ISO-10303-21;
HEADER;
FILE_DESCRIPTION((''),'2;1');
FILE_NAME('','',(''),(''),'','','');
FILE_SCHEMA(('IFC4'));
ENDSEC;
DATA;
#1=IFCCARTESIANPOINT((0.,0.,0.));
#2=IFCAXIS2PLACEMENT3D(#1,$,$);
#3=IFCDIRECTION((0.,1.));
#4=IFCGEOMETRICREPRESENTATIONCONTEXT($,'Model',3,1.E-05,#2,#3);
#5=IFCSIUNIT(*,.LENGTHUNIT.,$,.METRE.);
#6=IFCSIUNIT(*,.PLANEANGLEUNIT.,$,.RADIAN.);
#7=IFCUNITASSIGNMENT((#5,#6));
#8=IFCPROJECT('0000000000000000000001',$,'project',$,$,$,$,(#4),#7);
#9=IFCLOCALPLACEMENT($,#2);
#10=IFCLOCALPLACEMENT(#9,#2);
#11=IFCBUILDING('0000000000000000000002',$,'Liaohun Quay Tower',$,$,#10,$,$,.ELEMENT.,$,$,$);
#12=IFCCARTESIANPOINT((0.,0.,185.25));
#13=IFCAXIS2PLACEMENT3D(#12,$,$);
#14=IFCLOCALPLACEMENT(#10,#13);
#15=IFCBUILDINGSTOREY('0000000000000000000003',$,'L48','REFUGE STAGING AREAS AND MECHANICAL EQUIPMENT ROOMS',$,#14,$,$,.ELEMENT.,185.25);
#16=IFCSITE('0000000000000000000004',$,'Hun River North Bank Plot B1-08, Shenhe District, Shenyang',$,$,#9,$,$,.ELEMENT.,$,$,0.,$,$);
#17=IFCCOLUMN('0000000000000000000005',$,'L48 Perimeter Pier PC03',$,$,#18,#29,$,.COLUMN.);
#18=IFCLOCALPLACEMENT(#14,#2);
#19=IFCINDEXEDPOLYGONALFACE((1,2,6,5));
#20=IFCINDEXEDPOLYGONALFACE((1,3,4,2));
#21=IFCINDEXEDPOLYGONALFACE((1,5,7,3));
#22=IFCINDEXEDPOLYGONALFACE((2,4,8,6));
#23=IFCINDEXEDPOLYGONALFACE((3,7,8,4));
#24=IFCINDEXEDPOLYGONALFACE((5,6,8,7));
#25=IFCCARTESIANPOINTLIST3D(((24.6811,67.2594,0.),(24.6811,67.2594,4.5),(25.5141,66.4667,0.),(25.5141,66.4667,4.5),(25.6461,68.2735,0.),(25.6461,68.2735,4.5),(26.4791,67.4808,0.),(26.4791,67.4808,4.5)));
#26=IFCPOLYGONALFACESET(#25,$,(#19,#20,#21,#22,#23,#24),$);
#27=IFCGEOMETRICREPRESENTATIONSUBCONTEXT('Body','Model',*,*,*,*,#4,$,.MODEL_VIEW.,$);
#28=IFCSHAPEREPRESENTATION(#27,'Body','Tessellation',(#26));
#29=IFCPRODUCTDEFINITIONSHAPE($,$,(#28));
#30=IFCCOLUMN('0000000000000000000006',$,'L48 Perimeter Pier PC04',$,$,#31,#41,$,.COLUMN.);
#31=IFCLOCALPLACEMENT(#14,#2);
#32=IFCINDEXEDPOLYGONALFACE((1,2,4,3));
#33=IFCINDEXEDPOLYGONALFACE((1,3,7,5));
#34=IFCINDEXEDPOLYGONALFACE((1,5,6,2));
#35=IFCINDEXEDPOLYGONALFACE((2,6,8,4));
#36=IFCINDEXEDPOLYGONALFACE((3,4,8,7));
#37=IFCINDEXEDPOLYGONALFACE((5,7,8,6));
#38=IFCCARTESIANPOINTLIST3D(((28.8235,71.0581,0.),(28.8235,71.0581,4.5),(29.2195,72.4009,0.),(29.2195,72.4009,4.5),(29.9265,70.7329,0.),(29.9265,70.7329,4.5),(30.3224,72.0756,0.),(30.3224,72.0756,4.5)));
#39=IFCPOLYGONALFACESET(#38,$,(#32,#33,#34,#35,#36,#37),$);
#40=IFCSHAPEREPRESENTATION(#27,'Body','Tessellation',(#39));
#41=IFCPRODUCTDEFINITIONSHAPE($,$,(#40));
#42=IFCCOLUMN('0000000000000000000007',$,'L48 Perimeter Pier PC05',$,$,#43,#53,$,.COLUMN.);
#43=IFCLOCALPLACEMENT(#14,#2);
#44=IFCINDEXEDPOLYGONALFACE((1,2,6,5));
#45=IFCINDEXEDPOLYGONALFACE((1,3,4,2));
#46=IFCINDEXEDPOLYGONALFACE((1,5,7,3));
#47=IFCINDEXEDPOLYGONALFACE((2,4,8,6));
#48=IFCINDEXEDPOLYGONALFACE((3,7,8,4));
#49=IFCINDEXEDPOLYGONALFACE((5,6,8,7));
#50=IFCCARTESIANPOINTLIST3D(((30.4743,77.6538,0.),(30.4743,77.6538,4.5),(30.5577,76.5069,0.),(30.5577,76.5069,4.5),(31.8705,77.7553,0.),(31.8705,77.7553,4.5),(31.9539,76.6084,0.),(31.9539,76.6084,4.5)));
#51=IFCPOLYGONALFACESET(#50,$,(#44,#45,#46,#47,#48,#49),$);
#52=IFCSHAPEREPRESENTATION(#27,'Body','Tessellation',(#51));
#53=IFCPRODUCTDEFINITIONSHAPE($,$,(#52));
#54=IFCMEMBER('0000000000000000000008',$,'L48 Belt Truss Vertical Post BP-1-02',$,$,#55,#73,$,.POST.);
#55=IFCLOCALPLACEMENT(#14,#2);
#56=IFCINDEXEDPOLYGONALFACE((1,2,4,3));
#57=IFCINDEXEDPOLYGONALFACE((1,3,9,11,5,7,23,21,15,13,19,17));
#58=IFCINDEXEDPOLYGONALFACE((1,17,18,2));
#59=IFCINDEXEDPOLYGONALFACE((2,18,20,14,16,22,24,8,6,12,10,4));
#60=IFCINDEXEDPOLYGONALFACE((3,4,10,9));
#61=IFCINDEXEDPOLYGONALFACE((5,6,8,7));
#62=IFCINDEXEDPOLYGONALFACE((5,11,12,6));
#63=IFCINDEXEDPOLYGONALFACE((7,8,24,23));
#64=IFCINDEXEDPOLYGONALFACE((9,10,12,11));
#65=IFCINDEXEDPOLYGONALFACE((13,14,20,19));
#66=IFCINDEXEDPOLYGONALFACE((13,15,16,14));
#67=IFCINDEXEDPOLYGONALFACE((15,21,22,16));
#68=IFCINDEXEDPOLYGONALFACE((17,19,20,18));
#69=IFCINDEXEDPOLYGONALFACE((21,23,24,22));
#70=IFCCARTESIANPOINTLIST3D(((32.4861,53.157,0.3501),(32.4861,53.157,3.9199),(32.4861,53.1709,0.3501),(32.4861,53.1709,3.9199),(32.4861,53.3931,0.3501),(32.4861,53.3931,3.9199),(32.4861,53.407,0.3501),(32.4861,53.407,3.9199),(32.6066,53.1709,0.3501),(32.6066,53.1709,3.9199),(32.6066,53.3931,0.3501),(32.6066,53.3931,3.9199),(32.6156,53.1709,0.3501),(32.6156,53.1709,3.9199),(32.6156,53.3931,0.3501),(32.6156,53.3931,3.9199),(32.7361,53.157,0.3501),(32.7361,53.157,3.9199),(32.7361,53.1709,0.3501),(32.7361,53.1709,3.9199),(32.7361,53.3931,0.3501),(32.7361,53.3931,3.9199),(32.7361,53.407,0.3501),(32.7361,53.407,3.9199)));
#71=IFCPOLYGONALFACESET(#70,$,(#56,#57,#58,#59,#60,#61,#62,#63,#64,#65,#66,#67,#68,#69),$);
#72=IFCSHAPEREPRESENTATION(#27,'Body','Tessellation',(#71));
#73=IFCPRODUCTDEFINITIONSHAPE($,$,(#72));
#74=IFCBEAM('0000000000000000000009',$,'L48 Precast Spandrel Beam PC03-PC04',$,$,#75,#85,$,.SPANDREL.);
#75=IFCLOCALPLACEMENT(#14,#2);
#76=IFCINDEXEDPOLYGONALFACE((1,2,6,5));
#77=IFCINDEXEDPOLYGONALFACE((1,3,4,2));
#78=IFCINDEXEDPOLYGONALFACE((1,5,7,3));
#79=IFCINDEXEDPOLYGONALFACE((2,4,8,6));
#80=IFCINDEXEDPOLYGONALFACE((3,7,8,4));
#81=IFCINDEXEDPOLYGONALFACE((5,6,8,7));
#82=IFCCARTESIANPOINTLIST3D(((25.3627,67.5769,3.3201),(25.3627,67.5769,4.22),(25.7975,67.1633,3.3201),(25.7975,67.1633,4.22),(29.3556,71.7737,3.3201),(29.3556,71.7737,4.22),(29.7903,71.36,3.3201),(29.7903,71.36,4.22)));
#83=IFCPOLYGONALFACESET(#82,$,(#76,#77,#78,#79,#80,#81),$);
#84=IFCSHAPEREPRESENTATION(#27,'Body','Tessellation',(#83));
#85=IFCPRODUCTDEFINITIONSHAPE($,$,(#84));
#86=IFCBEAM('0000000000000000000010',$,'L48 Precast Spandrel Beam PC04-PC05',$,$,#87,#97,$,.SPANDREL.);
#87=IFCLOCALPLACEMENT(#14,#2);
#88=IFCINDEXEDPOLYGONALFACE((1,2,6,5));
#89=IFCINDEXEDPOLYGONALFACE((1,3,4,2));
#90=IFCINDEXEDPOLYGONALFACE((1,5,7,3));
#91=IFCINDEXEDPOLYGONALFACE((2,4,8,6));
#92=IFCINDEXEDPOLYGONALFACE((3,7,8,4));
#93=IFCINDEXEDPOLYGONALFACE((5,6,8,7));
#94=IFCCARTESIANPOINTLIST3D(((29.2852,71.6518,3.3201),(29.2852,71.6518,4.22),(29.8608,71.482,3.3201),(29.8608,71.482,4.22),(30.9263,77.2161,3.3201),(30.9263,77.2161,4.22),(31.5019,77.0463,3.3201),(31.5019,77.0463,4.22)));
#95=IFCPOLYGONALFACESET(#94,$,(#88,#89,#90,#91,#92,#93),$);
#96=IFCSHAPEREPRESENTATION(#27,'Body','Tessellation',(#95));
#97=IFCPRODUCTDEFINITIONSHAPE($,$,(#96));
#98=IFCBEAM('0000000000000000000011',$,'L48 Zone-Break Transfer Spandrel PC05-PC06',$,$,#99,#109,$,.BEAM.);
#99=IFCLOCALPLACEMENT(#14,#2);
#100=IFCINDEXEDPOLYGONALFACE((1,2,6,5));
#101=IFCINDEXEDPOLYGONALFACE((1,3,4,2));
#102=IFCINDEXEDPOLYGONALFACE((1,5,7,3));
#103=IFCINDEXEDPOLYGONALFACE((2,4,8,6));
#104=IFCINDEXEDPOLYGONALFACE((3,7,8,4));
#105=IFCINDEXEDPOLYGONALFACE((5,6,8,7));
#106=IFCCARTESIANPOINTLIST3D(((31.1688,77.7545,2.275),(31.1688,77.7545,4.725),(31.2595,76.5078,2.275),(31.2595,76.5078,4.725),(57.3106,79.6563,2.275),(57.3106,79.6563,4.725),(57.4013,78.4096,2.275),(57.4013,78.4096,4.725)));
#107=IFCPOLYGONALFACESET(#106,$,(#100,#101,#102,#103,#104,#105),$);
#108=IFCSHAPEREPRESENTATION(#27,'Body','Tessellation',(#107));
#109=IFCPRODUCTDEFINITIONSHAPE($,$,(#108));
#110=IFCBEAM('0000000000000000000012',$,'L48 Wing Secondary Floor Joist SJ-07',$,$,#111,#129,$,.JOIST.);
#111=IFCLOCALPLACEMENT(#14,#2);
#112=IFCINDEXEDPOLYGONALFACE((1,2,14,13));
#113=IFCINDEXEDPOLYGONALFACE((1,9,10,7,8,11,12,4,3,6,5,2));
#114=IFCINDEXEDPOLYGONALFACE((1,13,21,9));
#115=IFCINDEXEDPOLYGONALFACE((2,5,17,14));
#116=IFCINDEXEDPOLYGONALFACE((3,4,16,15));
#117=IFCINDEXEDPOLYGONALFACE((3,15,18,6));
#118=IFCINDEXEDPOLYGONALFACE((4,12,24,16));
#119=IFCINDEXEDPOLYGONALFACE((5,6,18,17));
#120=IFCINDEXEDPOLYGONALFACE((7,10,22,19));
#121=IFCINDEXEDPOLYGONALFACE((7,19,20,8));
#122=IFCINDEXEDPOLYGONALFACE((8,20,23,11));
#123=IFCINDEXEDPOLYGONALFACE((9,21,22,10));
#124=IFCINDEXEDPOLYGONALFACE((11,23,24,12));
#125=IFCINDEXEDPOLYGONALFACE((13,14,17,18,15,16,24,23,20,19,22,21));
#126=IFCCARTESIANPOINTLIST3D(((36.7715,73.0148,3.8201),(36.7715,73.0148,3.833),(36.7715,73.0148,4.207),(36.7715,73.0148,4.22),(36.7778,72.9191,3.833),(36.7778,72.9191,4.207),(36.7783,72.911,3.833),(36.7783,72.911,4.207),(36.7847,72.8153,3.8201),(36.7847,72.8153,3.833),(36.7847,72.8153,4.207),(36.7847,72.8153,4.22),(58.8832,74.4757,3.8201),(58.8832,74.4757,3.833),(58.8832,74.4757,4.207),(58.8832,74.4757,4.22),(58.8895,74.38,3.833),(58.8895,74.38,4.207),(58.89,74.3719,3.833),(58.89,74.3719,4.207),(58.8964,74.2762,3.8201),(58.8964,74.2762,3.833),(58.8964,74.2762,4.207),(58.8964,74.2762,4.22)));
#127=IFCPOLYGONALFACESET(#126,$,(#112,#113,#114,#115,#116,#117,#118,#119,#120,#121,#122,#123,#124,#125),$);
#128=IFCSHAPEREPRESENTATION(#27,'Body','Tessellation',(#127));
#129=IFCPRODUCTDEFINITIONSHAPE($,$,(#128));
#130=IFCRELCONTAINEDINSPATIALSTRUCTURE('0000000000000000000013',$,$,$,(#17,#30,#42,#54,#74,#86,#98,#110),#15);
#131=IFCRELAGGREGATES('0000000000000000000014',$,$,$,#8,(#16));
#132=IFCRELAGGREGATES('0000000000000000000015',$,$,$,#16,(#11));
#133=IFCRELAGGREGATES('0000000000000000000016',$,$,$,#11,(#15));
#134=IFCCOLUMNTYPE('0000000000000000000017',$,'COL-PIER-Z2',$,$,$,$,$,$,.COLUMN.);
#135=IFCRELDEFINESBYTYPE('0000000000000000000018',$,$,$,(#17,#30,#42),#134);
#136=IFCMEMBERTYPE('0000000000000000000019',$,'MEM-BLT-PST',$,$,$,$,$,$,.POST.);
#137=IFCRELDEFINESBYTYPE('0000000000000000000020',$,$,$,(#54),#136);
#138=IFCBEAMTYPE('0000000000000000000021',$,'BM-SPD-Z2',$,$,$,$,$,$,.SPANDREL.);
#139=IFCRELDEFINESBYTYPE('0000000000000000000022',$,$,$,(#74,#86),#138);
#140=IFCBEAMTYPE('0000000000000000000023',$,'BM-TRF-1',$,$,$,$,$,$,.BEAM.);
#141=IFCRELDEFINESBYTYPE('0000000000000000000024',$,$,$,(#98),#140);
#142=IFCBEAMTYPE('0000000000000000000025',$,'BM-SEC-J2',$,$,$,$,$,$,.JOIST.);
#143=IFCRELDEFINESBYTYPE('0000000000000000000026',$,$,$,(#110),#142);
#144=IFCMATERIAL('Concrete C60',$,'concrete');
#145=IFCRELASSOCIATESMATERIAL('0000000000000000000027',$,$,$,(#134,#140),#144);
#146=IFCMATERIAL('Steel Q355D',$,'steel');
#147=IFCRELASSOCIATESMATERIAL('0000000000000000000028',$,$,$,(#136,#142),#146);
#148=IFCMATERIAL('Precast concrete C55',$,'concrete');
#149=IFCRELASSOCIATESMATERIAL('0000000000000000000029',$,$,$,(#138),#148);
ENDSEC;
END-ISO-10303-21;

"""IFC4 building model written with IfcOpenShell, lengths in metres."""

from ifc_helpers import new_model, si_unit, direction, frame, origin, origin_2d, place, context, subcontext, project, spatial, rectangle, i_section, extrude, source, transform, mapped, material, material_profile, profile_set, type_object, element, save


model = new_model("IFC4")

# Units and contexts
model_context = context("Model", 3, precision=1e-05, world=origin(), true_north=direction((0.0, 1.0)))
body_context = subcontext(model_context, "Body", "Model", "MODEL_VIEW")
ifc_project = project(units=[si_unit("LENGTHUNIT", "METRE"), si_unit("PLANEANGLEUNIT", "RADIAN")], contexts=[model_context])

# Site, building, storey
site_placement = place(None, origin())
site = spatial("IfcSite", under=ifc_project, at=site_placement, Name="Hun River North Bank Plot B1-08, Shenhe District, Shenyang", CompositionType="ELEMENT", RefElevation=0.0)
building_placement = place(site_placement, origin())
building = spatial("IfcBuilding", under=site, at=building_placement, Name="Liaohun Quay Tower", CompositionType="ELEMENT")
storey_placement = place(building_placement, frame((0.0, 0.0, 185.25)))
storey = spatial("IfcBuildingStorey", under=building, at=storey_placement, Name="L48", Description="REFUGE STAGING AREAS AND MECHANICAL EQUIPMENT ROOMS", CompositionType="ELEMENT", Elevation=185.25)

# Columns
ifc_material_1 = material(Name="Concrete C60", Category="concrete")
ifc_material_profile_1 = material_profile(ifc_material_1, rectangle(XDim=1.3999, YDim=1.1499, at=origin_2d()), Name="RC1400x1150")
ifc_profile_set_1 = profile_set([ifc_material_profile_1], Name="Concrete C60")
column_type = type_object("IfcColumnType", Name="COL-PIER-Z2", PredefinedType="COLUMN", material=ifc_profile_set_1)
shared_shape_1 = source(origin(), body_context, "Body", "SweptSolid", [
    extrude(rectangle(XDim=1.3999, YDim=1.1499, at=origin_2d()), origin(), (0.0, 0.0, 1.0), 4.5),
])
for number, where, z_axis, x_axis, name in (
    (1, (25.5801, 67.3701, 0.0), (0.0, 0.0, 1.0), (0.689367, 0.724413, 0.0), "L48 Perimeter Pier PC03"),
    (2, (29.573, 71.5669, 0.0), (0.0, 0.0, 1.0), (0.282844, 0.959166, 0.0), "L48 Perimeter Pier PC04"),
    (3, (31.2141, 77.1311, 0.0), (0.0, 0.0, 1.0), (0.997365, 0.072542, 0.0), "L48 Perimeter Pier PC05"),
):
    element("IfcColumn", number, at=place(storey_placement, frame(where, z_axis=z_axis, x_axis=x_axis)), inside=storey, type_object=column_type, Name=name, PredefinedType="COLUMN", context=body_context, shape_type="MappedRepresentation", body=[
        mapped(shared_shape_1, transform((0.0, 0.0, 0.0), x_axis=(1.0, 0.0, 0.0), y_axis=(0.0, 1.0, 0.0), z_axis=(0.0, 0.0, 1.0), scale=1.0)),
    ])

# Member
ifc_material_2 = material(Name="Steel Q355D", Category="steel")
ifc_material_profile_2 = material_profile(ifc_material_2, i_section(OverallWidth=0.25, OverallDepth=0.25, WebThickness=0.009, FlangeThickness=0.0139, at=origin_2d()), Name="HW250x250x9x14")
ifc_profile_set_2 = profile_set([ifc_material_profile_2], Name="Steel Q355D")
member_type_1 = type_object("IfcMemberType", Name="MEM-BLT-PST", PredefinedType="POST", material=ifc_profile_set_2)
shared_shape_2 = source(origin(), body_context, "Body", "SweptSolid", [
    extrude(i_section(OverallWidth=0.25, OverallDepth=0.25, WebThickness=0.009, FlangeThickness=0.0139, at=origin_2d()), origin(), (0.0, 0.0, 1.0), 3.5698),
])
member_1_placement = place(storey_placement, frame((32.6111, 53.282, 0.3501), z_axis=(0.0, 0.0, 1.0), x_axis=(1.0, 0.0, 0.0)))
element("IfcMember", 4, at=member_1_placement, inside=storey, type_object=member_type_1, Name="L48 Belt Truss Vertical Post BP-1-02", PredefinedType="POST", context=body_context, shape_type="MappedRepresentation", body=[
    mapped(shared_shape_2, transform((0.0, 0.0, 0.0), x_axis=(1.0, 0.0, 0.0), y_axis=(0.0, 1.0, 0.0), z_axis=(0.0, 0.0, 1.0), scale=1.0)),
])

# Beams
ifc_material_3 = material(Name="Precast concrete C55", Category="concrete")
ifc_material_profile_3 = material_profile(ifc_material_3, rectangle(XDim=0.6001, YDim=0.8999, at=origin_2d()), Name="RC600x900")
ifc_profile_set_3 = profile_set([ifc_material_profile_3], Name="Precast concrete C55")
beam_type_1 = type_object("IfcBeamType", Name="BM-SPD-Z2", PredefinedType="SPANDREL", material=ifc_profile_set_3)
shared_shape_3 = source(origin(), body_context, "Body", "SweptSolid", [
    extrude(rectangle(XDim=0.6001, YDim=0.8999, at=origin_2d()), origin(), (0.0, 0.0, 1.0), 5.7927),
])
beam_1_placement = place(storey_placement, frame((25.5801, 67.3701, 3.77), z_axis=(0.689292, 0.724484, 0.0), x_axis=(-0.724484, 0.689292, 0.0)))
element("IfcBeam", 5, at=beam_1_placement, inside=storey, type_object=beam_type_1, Name="L48 Precast Spandrel Beam PC03-PC04", PredefinedType="SPANDREL", context=body_context, shape_type="MappedRepresentation", body=[
    mapped(shared_shape_3, transform((0.0, 0.0, 0.0), x_axis=(1.0, 0.0, 0.0), y_axis=(0.0, 1.0, 0.0), z_axis=(0.0, 0.0, 1.0), scale=1.0)),
])
shared_shape_4 = source(origin(), body_context, "Body", "SweptSolid", [
    extrude(rectangle(XDim=0.6001, YDim=0.8999, at=origin_2d()), origin(), (0.0, 0.0, 1.0), 5.8013),
])
beam_2_placement = place(storey_placement, frame((29.573, 71.5669, 3.77), z_axis=(0.282893, 0.959151, 0.0), x_axis=(-0.959151, 0.282893, 0.0)))
element("IfcBeam", 6, at=beam_2_placement, inside=storey, type_object=beam_type_1, Name="L48 Precast Spandrel Beam PC04-PC05", PredefinedType="SPANDREL", context=body_context, shape_type="MappedRepresentation", body=[
    mapped(shared_shape_4, transform((0.0, 0.0, 0.0), x_axis=(1.0, 0.0, 0.0), y_axis=(0.0, 1.0, 0.0), z_axis=(0.0, 0.0, 1.0), scale=1.0)),
])
ifc_material_profile_4 = material_profile(ifc_material_1, rectangle(XDim=1.25, YDim=2.45, at=origin_2d()), Name="RC1250x2450")
ifc_profile_set_4 = profile_set([ifc_material_profile_4], Name="Concrete C60")
beam_type_2 = type_object("IfcBeamType", Name="BM-TRF-1", PredefinedType="BEAM", material=ifc_profile_set_4)
shared_shape_5 = source(origin(), body_context, "Body", "SweptSolid", [
    extrude(rectangle(XDim=1.25, YDim=2.45, at=origin_2d()), origin(), (0.0, 0.0, 1.0), 26.2109),
])
beam_3_placement = place(storey_placement, frame((31.2141, 77.1311, 3.5), z_axis=(0.997364, 0.07256, 0.0), x_axis=(-0.07256, 0.997364, 0.0)))
element("IfcBeam", 7, at=beam_3_placement, inside=storey, type_object=beam_type_2, Name="L48 Zone-Break Transfer Spandrel PC05-PC06", PredefinedType="BEAM", context=body_context, shape_type="MappedRepresentation", body=[
    mapped(shared_shape_5, transform((0.0, 0.0, 0.0), x_axis=(1.0, 0.0, 0.0), y_axis=(0.0, 1.0, 0.0), z_axis=(0.0, 0.0, 1.0), scale=1.0)),
])
ifc_material_profile_5 = material_profile(ifc_material_2, i_section(OverallWidth=0.2, OverallDepth=0.3999, WebThickness=0.0081, FlangeThickness=0.0129, at=origin_2d()), Name="HN400x200x8x13")
ifc_profile_set_5 = profile_set([ifc_material_profile_5], Name="Steel Q355D")
beam_type_3 = type_object("IfcBeamType", Name="BM-SEC-J2", PredefinedType="JOIST", material=ifc_profile_set_5)
shared_shape_6 = source(origin(), body_context, "Body", "SweptSolid", [
    extrude(i_section(OverallWidth=0.2, OverallDepth=0.3999, WebThickness=0.0081, FlangeThickness=0.0129, at=origin_2d()), origin(), (0.0, 0.0, 1.0), 22.1599),
])
beam_4_placement = place(storey_placement, frame((36.7781, 72.915, 4.02), z_axis=(0.997824, 0.065927, 0.0), x_axis=(-0.065927, 0.997824, 0.0)))
element("IfcBeam", 8, at=beam_4_placement, inside=storey, type_object=beam_type_3, Name="L48 Wing Secondary Floor Joist SJ-07", PredefinedType="JOIST", context=body_context, shape_type="MappedRepresentation", body=[
    mapped(shared_shape_6, transform((0.0, 0.0, 0.0), x_axis=(1.0, 0.0, 0.0), y_axis=(0.0, 1.0, 0.0), z_axis=(0.0, 0.0, 1.0), scale=1.0)),
])

save(model, "model.ifc")
